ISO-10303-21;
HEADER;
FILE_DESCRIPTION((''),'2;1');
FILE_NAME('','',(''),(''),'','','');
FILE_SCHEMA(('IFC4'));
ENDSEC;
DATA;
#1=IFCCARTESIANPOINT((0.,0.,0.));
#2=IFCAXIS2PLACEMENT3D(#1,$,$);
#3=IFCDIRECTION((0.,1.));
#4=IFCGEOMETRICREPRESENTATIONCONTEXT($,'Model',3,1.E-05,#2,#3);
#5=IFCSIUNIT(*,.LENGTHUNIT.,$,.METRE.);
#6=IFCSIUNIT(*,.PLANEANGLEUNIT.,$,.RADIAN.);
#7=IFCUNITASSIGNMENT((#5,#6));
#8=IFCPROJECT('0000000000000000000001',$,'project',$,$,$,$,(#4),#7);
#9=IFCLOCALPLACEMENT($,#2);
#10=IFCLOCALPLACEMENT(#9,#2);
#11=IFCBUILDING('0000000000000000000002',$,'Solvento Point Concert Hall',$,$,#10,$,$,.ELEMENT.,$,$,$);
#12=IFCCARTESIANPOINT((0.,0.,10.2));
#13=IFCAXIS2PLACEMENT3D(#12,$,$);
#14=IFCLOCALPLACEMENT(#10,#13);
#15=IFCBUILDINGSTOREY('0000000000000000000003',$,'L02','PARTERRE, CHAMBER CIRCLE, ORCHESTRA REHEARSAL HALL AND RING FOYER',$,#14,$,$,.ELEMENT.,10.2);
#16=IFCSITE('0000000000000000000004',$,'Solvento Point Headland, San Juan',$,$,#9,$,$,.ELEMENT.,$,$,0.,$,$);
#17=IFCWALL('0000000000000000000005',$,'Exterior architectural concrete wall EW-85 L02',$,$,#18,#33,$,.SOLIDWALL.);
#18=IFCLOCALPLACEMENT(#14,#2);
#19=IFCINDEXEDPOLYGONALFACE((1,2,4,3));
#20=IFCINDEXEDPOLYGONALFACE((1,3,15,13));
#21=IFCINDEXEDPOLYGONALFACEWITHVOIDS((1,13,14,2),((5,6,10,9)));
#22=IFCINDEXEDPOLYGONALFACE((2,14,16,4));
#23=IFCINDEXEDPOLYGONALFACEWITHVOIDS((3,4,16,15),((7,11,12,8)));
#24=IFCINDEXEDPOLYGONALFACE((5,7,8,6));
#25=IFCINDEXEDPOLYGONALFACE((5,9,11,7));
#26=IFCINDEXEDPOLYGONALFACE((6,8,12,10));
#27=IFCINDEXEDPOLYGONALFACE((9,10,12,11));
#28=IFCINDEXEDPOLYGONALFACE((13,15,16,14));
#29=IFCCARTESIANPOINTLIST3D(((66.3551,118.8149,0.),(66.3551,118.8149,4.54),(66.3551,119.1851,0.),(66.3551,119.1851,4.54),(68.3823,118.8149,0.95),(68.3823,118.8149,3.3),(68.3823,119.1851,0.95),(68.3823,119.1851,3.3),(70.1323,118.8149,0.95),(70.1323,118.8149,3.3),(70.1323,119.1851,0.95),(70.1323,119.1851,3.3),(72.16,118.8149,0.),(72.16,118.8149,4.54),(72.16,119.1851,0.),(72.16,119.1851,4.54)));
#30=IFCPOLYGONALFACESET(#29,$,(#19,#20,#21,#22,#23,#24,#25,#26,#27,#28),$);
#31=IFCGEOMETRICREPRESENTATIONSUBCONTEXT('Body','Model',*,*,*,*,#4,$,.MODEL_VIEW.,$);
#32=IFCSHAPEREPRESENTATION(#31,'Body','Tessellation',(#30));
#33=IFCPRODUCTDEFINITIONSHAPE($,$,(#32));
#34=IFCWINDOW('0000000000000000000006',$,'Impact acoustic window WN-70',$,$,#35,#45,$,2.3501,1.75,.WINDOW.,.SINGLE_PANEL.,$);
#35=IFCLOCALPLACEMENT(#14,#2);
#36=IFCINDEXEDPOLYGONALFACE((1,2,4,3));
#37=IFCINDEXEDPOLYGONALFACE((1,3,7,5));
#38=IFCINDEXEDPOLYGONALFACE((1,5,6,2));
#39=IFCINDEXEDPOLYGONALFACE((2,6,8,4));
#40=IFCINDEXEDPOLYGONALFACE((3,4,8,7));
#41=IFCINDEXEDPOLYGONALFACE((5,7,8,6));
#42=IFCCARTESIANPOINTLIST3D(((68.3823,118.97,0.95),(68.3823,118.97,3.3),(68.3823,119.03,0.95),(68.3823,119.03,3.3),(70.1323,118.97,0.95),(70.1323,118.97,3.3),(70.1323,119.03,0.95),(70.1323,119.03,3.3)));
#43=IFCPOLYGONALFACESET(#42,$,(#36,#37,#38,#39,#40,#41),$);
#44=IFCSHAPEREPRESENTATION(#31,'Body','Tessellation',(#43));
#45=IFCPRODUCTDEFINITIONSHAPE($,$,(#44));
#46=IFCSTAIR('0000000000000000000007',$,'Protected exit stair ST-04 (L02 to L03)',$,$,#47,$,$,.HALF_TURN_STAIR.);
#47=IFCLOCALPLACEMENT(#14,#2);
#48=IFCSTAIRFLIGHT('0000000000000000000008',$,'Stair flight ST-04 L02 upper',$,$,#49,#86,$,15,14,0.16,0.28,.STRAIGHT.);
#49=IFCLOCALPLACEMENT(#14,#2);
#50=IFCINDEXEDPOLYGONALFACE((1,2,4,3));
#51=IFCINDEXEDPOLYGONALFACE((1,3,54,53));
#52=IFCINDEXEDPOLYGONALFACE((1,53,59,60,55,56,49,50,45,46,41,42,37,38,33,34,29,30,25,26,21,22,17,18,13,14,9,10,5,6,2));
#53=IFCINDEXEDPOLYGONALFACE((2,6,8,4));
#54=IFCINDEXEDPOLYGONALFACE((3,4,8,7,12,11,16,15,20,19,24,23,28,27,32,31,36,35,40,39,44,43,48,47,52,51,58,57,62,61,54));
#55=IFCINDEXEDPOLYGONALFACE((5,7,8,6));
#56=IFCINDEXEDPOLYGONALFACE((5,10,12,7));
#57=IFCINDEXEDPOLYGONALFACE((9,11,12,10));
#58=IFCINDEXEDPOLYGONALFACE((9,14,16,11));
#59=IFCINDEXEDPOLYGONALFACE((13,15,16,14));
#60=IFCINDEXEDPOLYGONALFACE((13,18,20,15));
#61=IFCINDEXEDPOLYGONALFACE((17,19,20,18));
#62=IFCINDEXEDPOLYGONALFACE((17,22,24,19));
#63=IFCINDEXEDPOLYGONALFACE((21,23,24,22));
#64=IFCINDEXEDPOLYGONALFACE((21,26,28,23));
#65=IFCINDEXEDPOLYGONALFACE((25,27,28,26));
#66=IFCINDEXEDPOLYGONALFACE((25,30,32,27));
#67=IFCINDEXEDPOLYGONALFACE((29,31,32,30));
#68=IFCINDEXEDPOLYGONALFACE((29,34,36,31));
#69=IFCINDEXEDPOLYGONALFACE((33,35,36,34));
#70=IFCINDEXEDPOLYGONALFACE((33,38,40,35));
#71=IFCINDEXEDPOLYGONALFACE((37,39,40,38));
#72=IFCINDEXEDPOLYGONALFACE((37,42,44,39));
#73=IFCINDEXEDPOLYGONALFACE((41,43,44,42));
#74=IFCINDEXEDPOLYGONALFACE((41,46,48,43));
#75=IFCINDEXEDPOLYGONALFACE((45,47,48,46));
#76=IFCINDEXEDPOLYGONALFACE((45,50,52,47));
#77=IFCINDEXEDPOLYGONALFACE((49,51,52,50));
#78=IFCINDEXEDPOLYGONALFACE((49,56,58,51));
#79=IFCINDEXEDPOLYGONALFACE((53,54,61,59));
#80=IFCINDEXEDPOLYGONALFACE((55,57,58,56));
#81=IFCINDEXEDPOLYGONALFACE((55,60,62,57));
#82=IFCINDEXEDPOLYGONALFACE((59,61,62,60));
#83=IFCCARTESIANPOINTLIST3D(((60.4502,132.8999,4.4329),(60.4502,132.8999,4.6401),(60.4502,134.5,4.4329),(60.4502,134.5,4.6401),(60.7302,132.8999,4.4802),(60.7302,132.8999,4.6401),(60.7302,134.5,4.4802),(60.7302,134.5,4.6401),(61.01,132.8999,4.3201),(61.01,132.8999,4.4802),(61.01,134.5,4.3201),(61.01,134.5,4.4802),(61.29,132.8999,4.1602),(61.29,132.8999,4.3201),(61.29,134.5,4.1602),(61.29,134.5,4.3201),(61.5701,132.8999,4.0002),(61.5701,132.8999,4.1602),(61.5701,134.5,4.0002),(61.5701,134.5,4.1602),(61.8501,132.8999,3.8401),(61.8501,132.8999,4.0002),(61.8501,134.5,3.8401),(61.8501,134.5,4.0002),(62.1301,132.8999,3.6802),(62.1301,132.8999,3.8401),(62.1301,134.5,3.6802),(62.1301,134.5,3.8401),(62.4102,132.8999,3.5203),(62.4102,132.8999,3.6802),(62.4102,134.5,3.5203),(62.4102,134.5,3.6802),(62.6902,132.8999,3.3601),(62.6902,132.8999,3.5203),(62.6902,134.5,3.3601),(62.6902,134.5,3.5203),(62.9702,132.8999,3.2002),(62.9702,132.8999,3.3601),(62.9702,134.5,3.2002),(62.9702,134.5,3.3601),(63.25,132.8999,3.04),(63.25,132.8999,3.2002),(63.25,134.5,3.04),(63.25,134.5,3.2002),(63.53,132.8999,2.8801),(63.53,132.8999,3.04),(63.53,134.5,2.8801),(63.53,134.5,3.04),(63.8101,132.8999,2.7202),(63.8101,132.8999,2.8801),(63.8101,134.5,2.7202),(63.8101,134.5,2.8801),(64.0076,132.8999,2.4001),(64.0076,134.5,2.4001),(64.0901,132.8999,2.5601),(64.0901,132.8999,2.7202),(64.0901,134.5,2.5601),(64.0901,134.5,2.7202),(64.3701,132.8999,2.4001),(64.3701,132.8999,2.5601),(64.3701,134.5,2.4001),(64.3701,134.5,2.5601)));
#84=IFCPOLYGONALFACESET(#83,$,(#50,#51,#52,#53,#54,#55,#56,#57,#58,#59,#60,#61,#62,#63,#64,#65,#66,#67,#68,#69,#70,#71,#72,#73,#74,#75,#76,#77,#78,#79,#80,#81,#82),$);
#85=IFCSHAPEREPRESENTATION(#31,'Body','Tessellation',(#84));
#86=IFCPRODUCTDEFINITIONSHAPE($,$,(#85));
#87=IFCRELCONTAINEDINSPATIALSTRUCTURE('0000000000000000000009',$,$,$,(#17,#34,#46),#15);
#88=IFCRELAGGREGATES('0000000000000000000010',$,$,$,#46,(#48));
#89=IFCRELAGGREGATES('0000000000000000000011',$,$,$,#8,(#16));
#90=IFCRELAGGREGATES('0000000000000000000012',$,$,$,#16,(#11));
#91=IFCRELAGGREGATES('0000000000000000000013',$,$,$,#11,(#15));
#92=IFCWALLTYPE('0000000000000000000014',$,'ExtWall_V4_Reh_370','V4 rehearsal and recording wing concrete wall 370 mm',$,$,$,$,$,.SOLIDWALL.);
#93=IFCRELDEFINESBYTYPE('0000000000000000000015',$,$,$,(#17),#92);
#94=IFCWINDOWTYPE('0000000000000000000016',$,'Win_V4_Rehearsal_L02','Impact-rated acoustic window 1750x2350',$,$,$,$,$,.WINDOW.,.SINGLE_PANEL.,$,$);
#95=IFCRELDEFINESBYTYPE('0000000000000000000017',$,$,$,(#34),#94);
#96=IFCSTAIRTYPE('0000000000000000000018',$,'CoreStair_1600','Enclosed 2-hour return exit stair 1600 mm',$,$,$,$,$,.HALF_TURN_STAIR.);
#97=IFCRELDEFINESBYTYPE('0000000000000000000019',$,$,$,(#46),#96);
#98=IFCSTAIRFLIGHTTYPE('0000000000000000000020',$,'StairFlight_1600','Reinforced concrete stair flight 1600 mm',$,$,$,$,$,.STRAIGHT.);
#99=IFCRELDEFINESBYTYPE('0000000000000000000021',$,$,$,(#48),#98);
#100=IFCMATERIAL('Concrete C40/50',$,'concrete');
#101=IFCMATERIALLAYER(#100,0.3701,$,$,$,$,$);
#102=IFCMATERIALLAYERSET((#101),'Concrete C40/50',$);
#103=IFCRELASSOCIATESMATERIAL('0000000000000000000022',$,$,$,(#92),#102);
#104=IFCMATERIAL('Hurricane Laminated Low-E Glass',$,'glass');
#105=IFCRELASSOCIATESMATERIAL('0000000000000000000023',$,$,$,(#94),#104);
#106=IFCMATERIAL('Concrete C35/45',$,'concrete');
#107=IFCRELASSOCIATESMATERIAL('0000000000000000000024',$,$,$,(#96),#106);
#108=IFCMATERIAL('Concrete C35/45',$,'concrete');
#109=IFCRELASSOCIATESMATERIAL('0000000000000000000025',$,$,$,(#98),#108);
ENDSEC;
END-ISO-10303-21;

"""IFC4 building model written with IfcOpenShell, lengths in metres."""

from ifc_helpers import new_model, si_unit, direction, frame, frame_2d, origin, place, context, subcontext, project, spatial, polyline, rectangle, outline, extrude, material, layer, layer_set, type_object, element, fill, aggregate, save


model = new_model("IFC4")

# Units and contexts
model_context = context("Model", 3, precision=1e-05, world=origin(), true_north=direction((0.0, 1.0)))
body_context = subcontext(model_context, "Body", "Model", "MODEL_VIEW")
ifc_project = project(units=[si_unit("LENGTHUNIT", "METRE"), si_unit("PLANEANGLEUNIT", "RADIAN")], contexts=[model_context])

# Site, building, storey
site_placement = place(None, origin())
site = spatial("IfcSite", under=ifc_project, at=site_placement, Name="Solvento Point Headland, San Juan", CompositionType="ELEMENT", RefElevation=0.0)
building_placement = place(site_placement, origin())
building = spatial("IfcBuilding", under=site, at=building_placement, Name="Solvento Point Concert Hall", CompositionType="ELEMENT")
storey_placement = place(building_placement, frame((0.0, 0.0, 10.2)))
storey = spatial("IfcBuildingStorey", under=building, at=storey_placement, Name="L02", Description="PARTERRE, CHAMBER CIRCLE, ORCHESTRA REHEARSAL HALL AND RING FOYER", CompositionType="ELEMENT", Elevation=10.2)

# Wall, opening, window
ifc_material_1 = material(Name="Concrete C40/50", Category="concrete")
ifc_layer_1 = layer(ifc_material_1, 0.3701)
ifc_layer_set_1 = layer_set([ifc_layer_1], Name="Concrete C40/50")
wall_type_1 = type_object("IfcWallType", Name="ExtWall_V4_Reh_370", Description="V4 rehearsal and recording wing concrete wall 370 mm", PredefinedType="SOLIDWALL", material=ifc_layer_set_1)
ifc_material_2 = material(Name="Hurricane Laminated Low-E Glass", Category="glass")
window_type = type_object("IfcWindowType", Name="Win_V4_Rehearsal_L02", Description="Impact-rated acoustic window 1750x2350", PartitioningType="SINGLE_PANEL", PredefinedType="WINDOW", material=ifc_material_2)
wall_1_placement = place(storey_placement, frame((72.1599, 119.0, 0.0), z_axis=(0.0, 0.0, 1.0), x_axis=(-1.0, 0.0, 0.0)))
wall_1 = element("IfcWall", 1, at=wall_1_placement, inside=storey, type_object=wall_type_1, Name="Exterior architectural concrete wall EW-85 L02", PredefinedType="SOLIDWALL", context=body_context, shape_type="SweptSolid", body=[
    extrude(rectangle(XDim=5.8049, YDim=0.3701, at=frame_2d((2.9023, 0.0))), origin(), (0.0, 0.0, 1.0), 4.54),
])
opening_1_placement = place(wall_1_placement, frame((2.0276, 0.0, 0.95)))
opening_1 = element("IfcOpeningElement", 2, at=opening_1_placement, cuts=wall_1, PredefinedType="OPENING", context=body_context, shape_type="SweptSolid", body=[
    extrude(rectangle(XDim=1.75, YDim=2.3501, at=frame_2d((0.875, 1.175))), frame((0.0, 0.1951, 0.0), z_axis=(0.0, -1.0, 0.0), x_axis=(1.0, 0.0, 0.0)), (0.0, 0.0, 1.0), 0.3901),
])
window_1_placement = place(opening_1_placement, origin())
window_1 = element("IfcWindow", 3, at=window_1_placement, inside=storey, type_object=window_type, Name="Impact acoustic window WN-70", OverallHeight=2.3501, OverallWidth=1.75, PartitioningType="SINGLE_PANEL", PredefinedType="WINDOW", context=body_context, shape_type="SweptSolid", body=[
    extrude(rectangle(XDim=1.75, YDim=2.3501, at=frame_2d((0.875, 1.175))), frame((0.0, 0.03, 0.0), z_axis=(0.0, -1.0, 0.0), x_axis=(1.0, 0.0, 0.0)), (0.0, 0.0, 1.0), 0.0601),
])
fill(opening_1, window_1)

# Stair, stair flight
ifc_material_3 = material(Name="Concrete C35/45", Category="concrete")
stair_type = type_object("IfcStairType", Name="CoreStair_1600", Description="Enclosed 2-hour return exit stair 1600 mm", PredefinedType="HALF_TURN_STAIR", material=ifc_material_3)
stair_placement = place(storey_placement, origin())
stair = element("IfcStair", 4, at=stair_placement, inside=storey, type_object=stair_type, Name="Protected exit stair ST-04 (L02 to L03)", PredefinedType="HALF_TURN_STAIR")
ifc_material_4 = material(Name="Concrete C35/45", Category="concrete")
stair_flight_type = type_object("IfcStairFlightType", Name="StairFlight_1600", Description="Reinforced concrete stair flight 1600 mm", PredefinedType="STRAIGHT", material=ifc_material_4)
stair_flight_placement = place(storey_placement, frame((64.3701, 133.7, 2.4001), z_axis=(0.0, 0.0, 1.0), x_axis=(-1.0, 0.0, 0.0)))
stair_flight = element("IfcStairFlight", 5, at=stair_flight_placement, type_object=stair_flight_type, Name="Stair flight ST-04 L02 upper", NumberOfRisers=15, NumberOfTreads=14, PredefinedType="STRAIGHT", RiserHeight=0.16, TreadLength=0.28, context=body_context, shape_type="SweptSolid", body=[
    extrude(outline(polyline([(0.0, 0.0), (0.0, 0.1599), (0.28, 0.1599), (0.28, 0.3201), (0.5601, 0.3201), (0.5601, 0.48), (0.8401, 0.48), (0.8401, 0.6399), (1.1201, 0.6399), (1.1201, 0.8), (1.3999, 0.8), (1.3999, 0.96), (1.6799, 0.96), (1.6799, 1.1201), (1.96, 1.1201), (1.96, 1.28), (2.24, 1.28), (2.24, 1.4399), (2.52, 1.4399), (2.52, 1.6001), (2.8, 1.6001), (2.8, 1.76), (3.0801, 1.76), (3.0801, 1.9199), (3.3601, 1.9199), (3.3601, 2.0801), (3.6399, 2.0801), (3.6399, 2.24), (3.9199, 2.24), (3.9199, 2.3999), (3.9199, 2.0327), (0.3625, 0.0), (0.0, 0.0)])), frame((0.0, 0.8, 0.0), z_axis=(0.0, -1.0, 0.0), x_axis=(1.0, 0.0, 0.0)), (0.0, 0.0, 1.0), 1.6001),
])
aggregate(stair, [stair_flight])

save(model, "model.ifc")
